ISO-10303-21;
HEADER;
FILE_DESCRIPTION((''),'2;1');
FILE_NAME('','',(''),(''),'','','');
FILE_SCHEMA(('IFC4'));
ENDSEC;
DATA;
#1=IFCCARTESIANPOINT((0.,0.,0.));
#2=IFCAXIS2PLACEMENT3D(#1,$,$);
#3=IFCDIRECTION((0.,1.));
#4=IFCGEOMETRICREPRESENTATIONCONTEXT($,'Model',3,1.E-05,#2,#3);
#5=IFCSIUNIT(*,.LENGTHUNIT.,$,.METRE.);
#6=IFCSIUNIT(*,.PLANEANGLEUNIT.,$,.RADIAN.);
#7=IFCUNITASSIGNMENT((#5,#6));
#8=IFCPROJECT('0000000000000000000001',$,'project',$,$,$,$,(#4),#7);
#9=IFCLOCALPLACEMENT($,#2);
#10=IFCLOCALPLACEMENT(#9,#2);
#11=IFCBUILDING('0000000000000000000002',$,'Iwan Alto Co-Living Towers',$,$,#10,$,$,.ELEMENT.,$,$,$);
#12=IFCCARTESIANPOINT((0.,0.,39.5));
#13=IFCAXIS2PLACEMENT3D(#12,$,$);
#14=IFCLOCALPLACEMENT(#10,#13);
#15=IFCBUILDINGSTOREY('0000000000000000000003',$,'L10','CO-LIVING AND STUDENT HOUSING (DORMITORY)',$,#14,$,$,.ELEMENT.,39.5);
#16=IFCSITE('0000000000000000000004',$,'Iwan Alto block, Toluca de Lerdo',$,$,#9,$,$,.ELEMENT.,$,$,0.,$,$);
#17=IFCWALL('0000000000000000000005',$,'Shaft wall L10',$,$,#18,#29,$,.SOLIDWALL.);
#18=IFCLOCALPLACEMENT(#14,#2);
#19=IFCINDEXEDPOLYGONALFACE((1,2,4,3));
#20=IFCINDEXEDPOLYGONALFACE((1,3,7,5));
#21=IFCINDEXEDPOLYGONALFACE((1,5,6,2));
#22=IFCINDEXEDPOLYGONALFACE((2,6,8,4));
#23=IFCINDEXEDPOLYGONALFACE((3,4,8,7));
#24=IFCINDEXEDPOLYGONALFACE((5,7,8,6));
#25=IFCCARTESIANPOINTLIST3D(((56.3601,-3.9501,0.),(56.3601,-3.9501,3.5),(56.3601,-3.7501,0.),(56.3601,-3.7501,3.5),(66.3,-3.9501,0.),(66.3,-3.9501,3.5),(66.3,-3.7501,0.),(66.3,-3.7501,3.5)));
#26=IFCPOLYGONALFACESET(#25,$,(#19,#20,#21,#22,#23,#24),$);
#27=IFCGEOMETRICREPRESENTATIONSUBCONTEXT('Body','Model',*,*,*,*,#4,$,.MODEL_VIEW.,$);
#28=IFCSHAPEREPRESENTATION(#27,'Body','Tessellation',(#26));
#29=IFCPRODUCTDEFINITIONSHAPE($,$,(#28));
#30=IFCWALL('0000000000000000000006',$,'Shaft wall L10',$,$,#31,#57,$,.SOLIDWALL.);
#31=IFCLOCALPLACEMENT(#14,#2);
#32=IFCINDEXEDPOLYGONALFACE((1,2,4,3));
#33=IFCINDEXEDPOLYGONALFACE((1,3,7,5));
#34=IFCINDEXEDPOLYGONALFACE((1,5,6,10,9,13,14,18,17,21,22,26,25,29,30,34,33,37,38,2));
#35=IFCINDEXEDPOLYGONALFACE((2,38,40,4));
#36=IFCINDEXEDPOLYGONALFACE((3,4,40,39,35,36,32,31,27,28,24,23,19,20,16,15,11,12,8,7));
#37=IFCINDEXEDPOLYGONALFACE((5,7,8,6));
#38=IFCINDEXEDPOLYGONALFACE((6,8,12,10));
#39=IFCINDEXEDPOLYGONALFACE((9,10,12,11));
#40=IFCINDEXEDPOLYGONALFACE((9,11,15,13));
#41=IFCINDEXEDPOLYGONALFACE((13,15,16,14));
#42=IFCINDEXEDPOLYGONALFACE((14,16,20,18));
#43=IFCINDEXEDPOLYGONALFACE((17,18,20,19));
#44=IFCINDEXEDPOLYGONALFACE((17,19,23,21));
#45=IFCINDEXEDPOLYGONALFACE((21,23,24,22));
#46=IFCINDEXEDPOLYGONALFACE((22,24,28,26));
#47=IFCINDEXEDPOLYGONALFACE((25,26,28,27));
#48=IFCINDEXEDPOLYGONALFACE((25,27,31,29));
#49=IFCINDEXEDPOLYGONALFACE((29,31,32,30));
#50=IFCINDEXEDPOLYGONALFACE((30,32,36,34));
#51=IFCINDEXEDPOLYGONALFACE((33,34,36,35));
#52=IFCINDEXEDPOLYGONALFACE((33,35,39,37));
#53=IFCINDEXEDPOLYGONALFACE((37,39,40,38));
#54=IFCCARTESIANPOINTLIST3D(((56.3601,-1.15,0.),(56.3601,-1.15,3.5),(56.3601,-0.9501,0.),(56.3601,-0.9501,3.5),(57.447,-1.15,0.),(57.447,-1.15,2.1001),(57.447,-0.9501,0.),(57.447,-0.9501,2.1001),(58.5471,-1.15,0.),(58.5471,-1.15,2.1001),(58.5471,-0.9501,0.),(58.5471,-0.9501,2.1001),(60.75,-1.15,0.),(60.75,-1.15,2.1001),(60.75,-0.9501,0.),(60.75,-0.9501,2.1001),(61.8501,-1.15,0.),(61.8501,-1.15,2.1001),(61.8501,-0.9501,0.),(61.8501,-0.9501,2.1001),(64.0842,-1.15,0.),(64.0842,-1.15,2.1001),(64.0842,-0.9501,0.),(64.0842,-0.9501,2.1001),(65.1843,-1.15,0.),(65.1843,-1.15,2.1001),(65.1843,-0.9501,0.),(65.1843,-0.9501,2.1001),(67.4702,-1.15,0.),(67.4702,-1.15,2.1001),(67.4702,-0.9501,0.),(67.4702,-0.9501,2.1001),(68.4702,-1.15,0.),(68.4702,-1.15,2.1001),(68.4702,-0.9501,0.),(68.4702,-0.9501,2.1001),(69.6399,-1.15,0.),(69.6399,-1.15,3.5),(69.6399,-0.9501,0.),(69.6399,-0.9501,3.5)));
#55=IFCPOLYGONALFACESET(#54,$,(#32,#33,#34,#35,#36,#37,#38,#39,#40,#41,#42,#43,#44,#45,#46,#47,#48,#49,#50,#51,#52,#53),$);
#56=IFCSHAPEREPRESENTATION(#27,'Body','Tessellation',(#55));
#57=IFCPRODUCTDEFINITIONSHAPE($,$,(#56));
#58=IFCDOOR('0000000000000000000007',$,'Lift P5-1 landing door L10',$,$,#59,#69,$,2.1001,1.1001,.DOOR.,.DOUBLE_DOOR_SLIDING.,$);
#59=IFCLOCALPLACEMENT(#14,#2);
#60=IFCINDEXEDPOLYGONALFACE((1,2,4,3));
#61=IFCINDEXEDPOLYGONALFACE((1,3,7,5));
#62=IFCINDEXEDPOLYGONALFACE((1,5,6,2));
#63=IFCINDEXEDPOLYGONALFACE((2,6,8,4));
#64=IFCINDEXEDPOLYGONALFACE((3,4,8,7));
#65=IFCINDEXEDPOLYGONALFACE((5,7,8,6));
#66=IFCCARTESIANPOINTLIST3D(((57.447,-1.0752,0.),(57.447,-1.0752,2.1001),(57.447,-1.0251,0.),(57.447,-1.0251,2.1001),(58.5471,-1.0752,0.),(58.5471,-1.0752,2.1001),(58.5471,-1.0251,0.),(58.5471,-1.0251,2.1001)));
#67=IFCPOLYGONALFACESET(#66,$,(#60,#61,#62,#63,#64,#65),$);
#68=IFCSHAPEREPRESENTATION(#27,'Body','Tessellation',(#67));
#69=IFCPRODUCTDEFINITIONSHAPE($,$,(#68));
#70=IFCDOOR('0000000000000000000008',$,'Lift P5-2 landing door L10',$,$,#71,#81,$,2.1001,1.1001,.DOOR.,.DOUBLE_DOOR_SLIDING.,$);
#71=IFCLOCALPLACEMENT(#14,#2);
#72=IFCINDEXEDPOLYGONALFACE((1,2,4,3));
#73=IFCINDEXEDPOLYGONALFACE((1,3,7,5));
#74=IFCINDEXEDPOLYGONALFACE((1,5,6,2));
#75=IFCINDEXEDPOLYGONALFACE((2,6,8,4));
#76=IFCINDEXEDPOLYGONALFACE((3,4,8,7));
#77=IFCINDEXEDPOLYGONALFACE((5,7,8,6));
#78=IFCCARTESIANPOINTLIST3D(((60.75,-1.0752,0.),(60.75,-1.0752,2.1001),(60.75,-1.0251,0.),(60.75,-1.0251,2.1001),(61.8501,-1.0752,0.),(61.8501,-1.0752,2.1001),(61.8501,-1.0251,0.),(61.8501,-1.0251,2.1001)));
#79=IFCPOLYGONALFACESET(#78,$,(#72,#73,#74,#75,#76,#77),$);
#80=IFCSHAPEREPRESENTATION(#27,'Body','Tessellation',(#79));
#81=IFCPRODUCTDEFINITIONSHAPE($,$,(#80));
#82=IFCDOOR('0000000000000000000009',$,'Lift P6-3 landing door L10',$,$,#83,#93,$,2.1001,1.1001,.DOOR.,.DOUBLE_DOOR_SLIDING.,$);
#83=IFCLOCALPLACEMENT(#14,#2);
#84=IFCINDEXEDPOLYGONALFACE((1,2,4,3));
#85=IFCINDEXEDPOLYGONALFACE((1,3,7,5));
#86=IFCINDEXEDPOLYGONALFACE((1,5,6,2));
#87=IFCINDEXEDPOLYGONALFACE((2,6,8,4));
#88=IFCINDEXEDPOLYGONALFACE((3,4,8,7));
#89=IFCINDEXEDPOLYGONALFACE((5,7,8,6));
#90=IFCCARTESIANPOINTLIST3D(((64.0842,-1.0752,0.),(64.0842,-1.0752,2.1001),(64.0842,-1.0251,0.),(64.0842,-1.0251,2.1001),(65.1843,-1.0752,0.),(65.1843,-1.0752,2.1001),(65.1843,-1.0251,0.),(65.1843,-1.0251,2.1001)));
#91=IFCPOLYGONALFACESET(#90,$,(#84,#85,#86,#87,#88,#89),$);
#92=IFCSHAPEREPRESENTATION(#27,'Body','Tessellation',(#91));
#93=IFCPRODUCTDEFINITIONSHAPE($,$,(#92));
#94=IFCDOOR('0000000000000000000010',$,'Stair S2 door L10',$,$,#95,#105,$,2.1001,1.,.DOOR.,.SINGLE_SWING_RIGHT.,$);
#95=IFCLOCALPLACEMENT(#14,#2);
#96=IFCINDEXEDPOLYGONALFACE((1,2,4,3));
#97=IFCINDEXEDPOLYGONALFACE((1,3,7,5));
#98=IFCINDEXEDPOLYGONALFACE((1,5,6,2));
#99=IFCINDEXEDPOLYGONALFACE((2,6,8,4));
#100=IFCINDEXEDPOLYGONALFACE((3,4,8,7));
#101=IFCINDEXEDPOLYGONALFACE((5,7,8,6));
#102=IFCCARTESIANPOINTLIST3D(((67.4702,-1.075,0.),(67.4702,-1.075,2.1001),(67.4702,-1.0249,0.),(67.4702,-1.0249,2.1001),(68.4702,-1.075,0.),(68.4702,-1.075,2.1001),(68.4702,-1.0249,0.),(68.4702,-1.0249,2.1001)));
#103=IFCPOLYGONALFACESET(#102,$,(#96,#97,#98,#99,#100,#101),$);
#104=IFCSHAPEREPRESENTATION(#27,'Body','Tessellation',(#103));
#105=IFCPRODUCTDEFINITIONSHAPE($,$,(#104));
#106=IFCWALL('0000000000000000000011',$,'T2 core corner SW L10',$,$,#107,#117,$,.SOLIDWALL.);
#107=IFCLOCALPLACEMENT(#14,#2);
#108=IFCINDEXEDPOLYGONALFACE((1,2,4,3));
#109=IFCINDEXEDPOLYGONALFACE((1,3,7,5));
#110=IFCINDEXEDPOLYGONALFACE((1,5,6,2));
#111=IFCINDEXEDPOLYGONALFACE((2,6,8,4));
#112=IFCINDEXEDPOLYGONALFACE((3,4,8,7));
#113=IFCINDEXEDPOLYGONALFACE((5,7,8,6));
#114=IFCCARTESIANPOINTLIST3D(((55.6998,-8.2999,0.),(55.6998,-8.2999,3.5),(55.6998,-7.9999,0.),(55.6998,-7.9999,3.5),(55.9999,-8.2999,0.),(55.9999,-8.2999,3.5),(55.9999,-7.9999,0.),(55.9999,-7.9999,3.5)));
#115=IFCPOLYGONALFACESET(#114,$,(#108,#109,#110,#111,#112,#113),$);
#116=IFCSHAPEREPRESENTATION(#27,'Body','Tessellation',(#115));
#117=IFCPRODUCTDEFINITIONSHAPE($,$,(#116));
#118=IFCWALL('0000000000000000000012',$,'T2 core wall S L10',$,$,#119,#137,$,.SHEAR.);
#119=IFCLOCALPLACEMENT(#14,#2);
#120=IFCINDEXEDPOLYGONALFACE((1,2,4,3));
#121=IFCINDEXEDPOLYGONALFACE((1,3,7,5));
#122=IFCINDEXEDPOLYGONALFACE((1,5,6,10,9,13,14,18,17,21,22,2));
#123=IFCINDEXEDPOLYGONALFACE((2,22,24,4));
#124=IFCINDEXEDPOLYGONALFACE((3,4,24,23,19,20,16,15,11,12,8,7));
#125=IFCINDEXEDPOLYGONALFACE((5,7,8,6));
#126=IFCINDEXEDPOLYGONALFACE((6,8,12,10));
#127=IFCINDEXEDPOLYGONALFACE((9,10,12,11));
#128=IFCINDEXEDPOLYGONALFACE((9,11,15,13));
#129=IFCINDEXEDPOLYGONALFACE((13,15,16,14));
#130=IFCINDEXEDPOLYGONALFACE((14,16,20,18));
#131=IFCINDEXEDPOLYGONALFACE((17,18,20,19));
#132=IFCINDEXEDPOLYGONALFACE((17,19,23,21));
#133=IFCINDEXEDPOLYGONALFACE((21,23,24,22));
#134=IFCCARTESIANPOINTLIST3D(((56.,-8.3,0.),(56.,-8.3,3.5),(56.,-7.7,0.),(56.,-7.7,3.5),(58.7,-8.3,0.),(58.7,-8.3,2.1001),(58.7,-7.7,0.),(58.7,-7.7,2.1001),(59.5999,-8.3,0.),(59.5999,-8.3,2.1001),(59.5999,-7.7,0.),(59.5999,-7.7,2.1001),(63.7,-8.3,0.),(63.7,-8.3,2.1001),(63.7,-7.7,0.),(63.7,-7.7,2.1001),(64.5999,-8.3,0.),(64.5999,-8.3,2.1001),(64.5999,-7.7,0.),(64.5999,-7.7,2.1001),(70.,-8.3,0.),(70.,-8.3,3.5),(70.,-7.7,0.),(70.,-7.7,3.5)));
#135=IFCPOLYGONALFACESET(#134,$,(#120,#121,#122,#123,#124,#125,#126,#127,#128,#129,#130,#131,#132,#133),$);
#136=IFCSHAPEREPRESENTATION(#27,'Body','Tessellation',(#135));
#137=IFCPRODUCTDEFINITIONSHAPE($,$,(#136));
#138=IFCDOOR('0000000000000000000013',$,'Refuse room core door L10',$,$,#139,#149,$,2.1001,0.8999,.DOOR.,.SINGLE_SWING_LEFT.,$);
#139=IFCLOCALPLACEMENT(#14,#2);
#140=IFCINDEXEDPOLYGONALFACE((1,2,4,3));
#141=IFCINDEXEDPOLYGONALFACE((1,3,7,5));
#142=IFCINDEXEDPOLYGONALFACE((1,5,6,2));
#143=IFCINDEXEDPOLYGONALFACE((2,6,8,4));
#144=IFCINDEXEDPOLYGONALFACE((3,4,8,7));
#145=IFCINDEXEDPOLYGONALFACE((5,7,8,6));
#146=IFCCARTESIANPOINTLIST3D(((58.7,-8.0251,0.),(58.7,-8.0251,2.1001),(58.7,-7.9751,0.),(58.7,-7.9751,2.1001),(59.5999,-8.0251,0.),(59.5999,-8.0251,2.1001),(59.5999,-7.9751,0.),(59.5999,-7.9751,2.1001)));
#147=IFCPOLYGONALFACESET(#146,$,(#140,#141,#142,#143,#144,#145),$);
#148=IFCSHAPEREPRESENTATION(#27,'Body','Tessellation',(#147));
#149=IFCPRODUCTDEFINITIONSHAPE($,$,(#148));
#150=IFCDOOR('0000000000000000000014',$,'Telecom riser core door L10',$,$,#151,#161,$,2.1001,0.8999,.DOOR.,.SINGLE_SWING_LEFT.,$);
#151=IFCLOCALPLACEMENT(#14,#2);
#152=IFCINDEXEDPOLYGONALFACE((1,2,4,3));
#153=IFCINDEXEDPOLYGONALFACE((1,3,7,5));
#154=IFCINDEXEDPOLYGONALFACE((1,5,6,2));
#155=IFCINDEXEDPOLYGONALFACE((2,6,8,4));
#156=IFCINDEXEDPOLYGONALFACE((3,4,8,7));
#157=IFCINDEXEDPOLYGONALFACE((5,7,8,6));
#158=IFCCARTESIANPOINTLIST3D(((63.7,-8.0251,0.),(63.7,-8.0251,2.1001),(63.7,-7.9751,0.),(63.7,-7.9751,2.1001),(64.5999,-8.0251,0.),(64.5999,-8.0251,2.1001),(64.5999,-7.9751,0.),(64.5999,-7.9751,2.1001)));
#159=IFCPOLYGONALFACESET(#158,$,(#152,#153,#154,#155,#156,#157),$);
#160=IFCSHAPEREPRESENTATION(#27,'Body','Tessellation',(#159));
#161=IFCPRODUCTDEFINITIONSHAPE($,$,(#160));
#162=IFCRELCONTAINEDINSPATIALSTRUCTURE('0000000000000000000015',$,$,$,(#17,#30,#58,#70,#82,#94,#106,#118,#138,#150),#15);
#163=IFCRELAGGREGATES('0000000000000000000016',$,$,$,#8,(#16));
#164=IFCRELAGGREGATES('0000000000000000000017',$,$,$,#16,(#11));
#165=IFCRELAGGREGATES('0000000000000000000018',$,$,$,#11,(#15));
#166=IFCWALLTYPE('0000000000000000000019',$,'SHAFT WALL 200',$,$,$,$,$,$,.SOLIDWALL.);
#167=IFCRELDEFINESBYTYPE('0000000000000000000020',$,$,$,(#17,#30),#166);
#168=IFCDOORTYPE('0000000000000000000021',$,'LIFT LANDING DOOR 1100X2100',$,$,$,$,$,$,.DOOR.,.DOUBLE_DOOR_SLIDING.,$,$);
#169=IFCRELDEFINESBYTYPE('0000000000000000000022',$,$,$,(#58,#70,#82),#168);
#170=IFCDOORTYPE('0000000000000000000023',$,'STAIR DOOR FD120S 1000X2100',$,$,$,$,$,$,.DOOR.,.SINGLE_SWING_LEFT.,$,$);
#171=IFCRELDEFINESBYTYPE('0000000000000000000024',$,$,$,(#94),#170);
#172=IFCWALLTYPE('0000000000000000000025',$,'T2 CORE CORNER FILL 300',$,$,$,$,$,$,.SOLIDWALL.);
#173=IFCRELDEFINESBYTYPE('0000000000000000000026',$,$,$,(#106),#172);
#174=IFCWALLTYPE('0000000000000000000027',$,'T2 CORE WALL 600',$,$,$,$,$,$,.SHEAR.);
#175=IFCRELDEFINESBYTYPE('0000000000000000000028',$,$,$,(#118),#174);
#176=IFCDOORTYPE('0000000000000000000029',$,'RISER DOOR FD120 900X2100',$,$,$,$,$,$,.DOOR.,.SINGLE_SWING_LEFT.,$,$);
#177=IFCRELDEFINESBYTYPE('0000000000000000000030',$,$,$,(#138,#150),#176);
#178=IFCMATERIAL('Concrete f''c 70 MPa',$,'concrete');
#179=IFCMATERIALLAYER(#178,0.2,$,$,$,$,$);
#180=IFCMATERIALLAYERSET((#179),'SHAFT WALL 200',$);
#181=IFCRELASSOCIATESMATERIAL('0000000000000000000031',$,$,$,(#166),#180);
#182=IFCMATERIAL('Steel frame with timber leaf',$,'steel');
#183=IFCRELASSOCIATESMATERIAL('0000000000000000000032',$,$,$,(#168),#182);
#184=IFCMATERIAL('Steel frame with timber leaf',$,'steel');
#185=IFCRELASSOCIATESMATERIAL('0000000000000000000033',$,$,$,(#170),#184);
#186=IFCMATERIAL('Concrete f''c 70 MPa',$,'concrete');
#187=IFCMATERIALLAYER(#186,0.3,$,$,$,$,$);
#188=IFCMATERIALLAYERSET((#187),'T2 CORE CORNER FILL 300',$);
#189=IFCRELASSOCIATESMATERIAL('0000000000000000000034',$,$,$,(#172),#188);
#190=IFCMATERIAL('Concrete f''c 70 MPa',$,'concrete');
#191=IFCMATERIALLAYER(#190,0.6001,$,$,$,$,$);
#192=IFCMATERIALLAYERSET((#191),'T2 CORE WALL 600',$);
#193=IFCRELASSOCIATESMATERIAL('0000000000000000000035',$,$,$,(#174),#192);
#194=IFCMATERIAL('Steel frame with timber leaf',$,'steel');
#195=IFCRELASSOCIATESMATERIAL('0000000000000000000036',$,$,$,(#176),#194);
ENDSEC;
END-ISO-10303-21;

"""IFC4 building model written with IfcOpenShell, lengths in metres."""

from ifc_helpers import new_model, si_unit, direction, frame, frame_2d, origin, place, context, subcontext, project, spatial, rectangle, extrude, material, layer, layer_set, type_object, element, fill, save


model = new_model("IFC4")

# Units and contexts
model_context = context("Model", 3, precision=1e-05, world=origin(), true_north=direction((0.0, 1.0)))
body_context = subcontext(model_context, "Body", "Model", "MODEL_VIEW")
ifc_project = project(units=[si_unit("LENGTHUNIT", "METRE"), si_unit("PLANEANGLEUNIT", "RADIAN")], contexts=[model_context])

# Site, building, storey
site_placement = place(None, origin())
site = spatial("IfcSite", under=ifc_project, at=site_placement, Name="Iwan Alto block, Toluca de Lerdo", CompositionType="ELEMENT", RefElevation=0.0)
building_placement = place(site_placement, origin())
building = spatial("IfcBuilding", under=site, at=building_placement, Name="Iwan Alto Co-Living Towers", CompositionType="ELEMENT")
storey_placement = place(building_placement, frame((0.0, 0.0, 39.5)))
storey = spatial("IfcBuildingStorey", under=building, at=storey_placement, Name="L10", Description="CO-LIVING AND STUDENT HOUSING (DORMITORY)", CompositionType="ELEMENT", Elevation=39.5)

# Wall
ifc_material_1 = material(Name="Concrete f'c 70 MPa", Category="concrete")
ifc_layer_1 = layer(ifc_material_1, 0.2)
ifc_layer_set_1 = layer_set([ifc_layer_1], Name="SHAFT WALL 200")
wall_type_1 = type_object("IfcWallType", Name="SHAFT WALL 200", PredefinedType="SOLIDWALL", material=ifc_layer_set_1)
wall_1_placement = place(storey_placement, frame((56.3601, -3.8501, 0.0), z_axis=(0.0, 0.0, 1.0), x_axis=(1.0, 0.0, 0.0)))
element("IfcWall", 1, at=wall_1_placement, inside=storey, type_object=wall_type_1, Name="Shaft wall L10", PredefinedType="SOLIDWALL", context=body_context, shape_type="SweptSolid", body=[
    extrude(rectangle(XDim=9.9399, YDim=0.2, at=frame_2d((4.97, 0.0))), origin(), (0.0, 0.0, 1.0), 3.5),
])

# Wall, openings, doors
wall_2_placement = place(storey_placement, frame((56.3601, -1.05, 0.0), z_axis=(0.0, 0.0, 1.0), x_axis=(1.0, 0.0, 0.0)))
wall_2 = element("IfcWall", 2, at=wall_2_placement, inside=storey, type_object=wall_type_1, Name="Shaft wall L10", PredefinedType="SOLIDWALL", context=body_context, shape_type="SweptSolid", body=[
    extrude(rectangle(XDim=13.2798, YDim=0.2, at=frame_2d((6.6399, 0.0))), origin(), (0.0, 0.0, 1.0), 3.5),
])
opening_1_placement = place(wall_2_placement, frame((11.1101, 0.0, 0.0)))
opening_1 = element("IfcOpeningElement", 3, at=opening_1_placement, cuts=wall_2, PredefinedType="OPENING", context=body_context, shape_type="SweptSolid", body=[
    extrude(rectangle(XDim=1.0, YDim=2.1001, at=frame_2d((0.5, 1.05))), frame((0.0, 0.1099, 0.0), z_axis=(0.0, -1.0, 0.0), x_axis=(1.0, 0.0, 0.0)), (0.0, 0.0, 1.0), 0.22),
])
opening_2_placement = place(wall_2_placement, frame((1.0869, 0.0, 0.0)))
opening_2 = element("IfcOpeningElement", 4, at=opening_2_placement, cuts=wall_2, PredefinedType="OPENING", context=body_context, shape_type="SweptSolid", body=[
    extrude(rectangle(XDim=1.1001, YDim=2.1001, at=frame_2d((0.55, 1.05))), frame((0.0, 0.1099, 0.0), z_axis=(0.0, -1.0, 0.0), x_axis=(1.0, 0.0, 0.0)), (0.0, 0.0, 1.0), 0.22),
])
opening_3_placement = place(wall_2_placement, frame((4.3899, 0.0, 0.0)))
opening_3 = element("IfcOpeningElement", 5, at=opening_3_placement, cuts=wall_2, PredefinedType="OPENING", context=body_context, shape_type="SweptSolid", body=[
    extrude(rectangle(XDim=1.1001, YDim=2.1001, at=frame_2d((0.55, 1.05))), frame((0.0, 0.1099, 0.0), z_axis=(0.0, -1.0, 0.0), x_axis=(1.0, 0.0, 0.0)), (0.0, 0.0, 1.0), 0.22),
])
opening_4_placement = place(wall_2_placement, frame((7.7241, 0.0, 0.0)))
opening_4 = element("IfcOpeningElement", 6, at=opening_4_placement, cuts=wall_2, PredefinedType="OPENING", context=body_context, shape_type="SweptSolid", body=[
    extrude(rectangle(XDim=1.1001, YDim=2.1001, at=frame_2d((0.55, 1.05))), frame((0.0, 0.1099, 0.0), z_axis=(0.0, -1.0, 0.0), x_axis=(1.0, 0.0, 0.0)), (0.0, 0.0, 1.0), 0.22),
])
ifc_material_2 = material(Name="Steel frame with timber leaf", Category="steel")
door_type_1 = type_object("IfcDoorType", Name="LIFT LANDING DOOR 1100X2100", OperationType="DOUBLE_DOOR_SLIDING", PredefinedType="DOOR", material=ifc_material_2)
door_1_placement = place(opening_2_placement, origin())
door_1 = element("IfcDoor", 7, at=door_1_placement, inside=storey, type_object=door_type_1, Name="Lift P5-1 landing door L10", OperationType="DOUBLE_DOOR_SLIDING", OverallHeight=2.1001, OverallWidth=1.1001, PredefinedType="DOOR", context=body_context, shape_type="SweptSolid", body=[
    extrude(rectangle(XDim=1.1001, YDim=2.1001, at=frame_2d((0.55, 1.05))), frame((0.0, 0.0249, 0.0), z_axis=(0.0, -1.0, 0.0), x_axis=(1.0, 0.0, 0.0)), (0.0, 0.0, 1.0), 0.05),
])
fill(opening_2, door_1)
door_2_placement = place(opening_3_placement, origin())
door_2 = element("IfcDoor", 8, at=door_2_placement, inside=storey, type_object=door_type_1, Name="Lift P5-2 landing door L10", OperationType="DOUBLE_DOOR_SLIDING", OverallHeight=2.1001, OverallWidth=1.1001, PredefinedType="DOOR", context=body_context, shape_type="SweptSolid", body=[
    extrude(rectangle(XDim=1.1001, YDim=2.1001, at=frame_2d((0.55, 1.05))), frame((0.0, 0.0249, 0.0), z_axis=(0.0, -1.0, 0.0), x_axis=(1.0, 0.0, 0.0)), (0.0, 0.0, 1.0), 0.05),
])
fill(opening_3, door_2)
door_3_placement = place(opening_4_placement, origin())
door_3 = element("IfcDoor", 9, at=door_3_placement, inside=storey, type_object=door_type_1, Name="Lift P6-3 landing door L10", OperationType="DOUBLE_DOOR_SLIDING", OverallHeight=2.1001, OverallWidth=1.1001, PredefinedType="DOOR", context=body_context, shape_type="SweptSolid", body=[
    extrude(rectangle(XDim=1.1001, YDim=2.1001, at=frame_2d((0.55, 1.05))), frame((0.0, 0.0249, 0.0), z_axis=(0.0, -1.0, 0.0), x_axis=(1.0, 0.0, 0.0)), (0.0, 0.0, 1.0), 0.05),
])
fill(opening_4, door_3)
ifc_material_3 = material(Name="Steel frame with timber leaf", Category="steel")
door_type_2 = type_object("IfcDoorType", Name="STAIR DOOR FD120S 1000X2100", OperationType="SINGLE_SWING_LEFT", PredefinedType="DOOR", material=ifc_material_3)
door_4_placement = place(opening_1_placement, frame((1.0, 0.0, 0.0), z_axis=(0.0, 0.0, 1.0), x_axis=(-1.0, 0.0, 0.0)))
door_4 = element("IfcDoor", 10, at=door_4_placement, inside=storey, type_object=door_type_2, Name="Stair S2 door L10", OperationType="SINGLE_SWING_RIGHT", OverallHeight=2.1001, OverallWidth=1.0, PredefinedType="DOOR", context=body_context, shape_type="SweptSolid", body=[
    extrude(rectangle(XDim=1.0, YDim=2.1001, at=frame_2d((0.5, 1.05))), frame((0.0, 0.0249, 0.0), z_axis=(0.0, -1.0, 0.0), x_axis=(1.0, 0.0, 0.0)), (0.0, 0.0, 1.0), 0.05),
])
fill(opening_1, door_4)

# Wall
ifc_material_4 = material(Name="Concrete f'c 70 MPa", Category="concrete")
ifc_layer_2 = layer(ifc_material_4, 0.3)
ifc_layer_set_2 = layer_set([ifc_layer_2], Name="T2 CORE CORNER FILL 300")
wall_type_2 = type_object("IfcWallType", Name="T2 CORE CORNER FILL 300", PredefinedType="SOLIDWALL", material=ifc_layer_set_2)
wall_3_placement = place(storey_placement, frame((55.7, -8.1499, 0.0), z_axis=(0.0, 0.0, 1.0), x_axis=(1.0, 0.0, 0.0)))
element("IfcWall", 11, at=wall_3_placement, inside=storey, type_object=wall_type_2, Name="T2 core corner SW L10", PredefinedType="SOLIDWALL", context=body_context, shape_type="SweptSolid", body=[
    extrude(rectangle(XDim=0.3, YDim=0.3, at=frame_2d((0.1499, 0.0))), origin(), (0.0, 0.0, 1.0), 3.5),
])

# Wall, openings, doors
ifc_material_5 = material(Name="Concrete f'c 70 MPa", Category="concrete")
ifc_layer_3 = layer(ifc_material_5, 0.6001)
ifc_layer_set_3 = layer_set([ifc_layer_3], Name="T2 CORE WALL 600")
wall_type_3 = type_object("IfcWallType", Name="T2 CORE WALL 600", PredefinedType="SHEAR", material=ifc_layer_set_3)
wall_4_placement = place(storey_placement, frame((56.0, -8.0, 0.0), z_axis=(0.0, 0.0, 1.0), x_axis=(1.0, 0.0, 0.0)))
wall_4 = element("IfcWall", 12, at=wall_4_placement, inside=storey, type_object=wall_type_3, Name="T2 core wall S L10", PredefinedType="SHEAR", context=body_context, shape_type="SweptSolid", body=[
    extrude(rectangle(XDim=14.0, YDim=0.6001, at=frame_2d((7.0, 0.0))), origin(), (0.0, 0.0, 1.0), 3.5),
])
opening_5_placement = place(wall_4_placement, frame((2.7, 0.0, 0.0)))
opening_5 = element("IfcOpeningElement", 13, at=opening_5_placement, cuts=wall_4, PredefinedType="OPENING", context=body_context, shape_type="SweptSolid", body=[
    extrude(rectangle(XDim=0.8999, YDim=2.1001, at=frame_2d((0.45, 1.05))), frame((0.0, 0.3101, 0.0), z_axis=(0.0, -1.0, 0.0), x_axis=(1.0, 0.0, 0.0)), (0.0, 0.0, 1.0), 0.6201),
])
opening_6_placement = place(wall_4_placement, frame((7.7, 0.0, 0.0)))
opening_6 = element("IfcOpeningElement", 14, at=opening_6_placement, cuts=wall_4, PredefinedType="OPENING", context=body_context, shape_type="SweptSolid", body=[
    extrude(rectangle(XDim=0.8999, YDim=2.1001, at=frame_2d((0.45, 1.05))), frame((0.0, 0.3101, 0.0), z_axis=(0.0, -1.0, 0.0), x_axis=(1.0, 0.0, 0.0)), (0.0, 0.0, 1.0), 0.6201),
])
ifc_material_6 = material(Name="Steel frame with timber leaf", Category="steel")
door_type_3 = type_object("IfcDoorType", Name="RISER DOOR FD120 900X2100", OperationType="SINGLE_SWING_LEFT", PredefinedType="DOOR", material=ifc_material_6)
door_5_placement = place(opening_5_placement, origin())
door_5 = element("IfcDoor", 15, at=door_5_placement, inside=storey, type_object=door_type_3, Name="Refuse room core door L10", OperationType="SINGLE_SWING_LEFT", OverallHeight=2.1001, OverallWidth=0.8999, PredefinedType="DOOR", context=body_context, shape_type="SweptSolid", body=[
    extrude(rectangle(XDim=0.8999, YDim=2.1001, at=frame_2d((0.45, 1.05))), frame((0.0, 0.0249, 0.0), z_axis=(0.0, -1.0, 0.0), x_axis=(1.0, 0.0, 0.0)), (0.0, 0.0, 1.0), 0.05),
])
fill(opening_5, door_5)
door_6_placement = place(opening_6_placement, origin())
door_6 = element("IfcDoor", 16, at=door_6_placement, inside=storey, type_object=door_type_3, Name="Telecom riser core door L10", OperationType="SINGLE_SWING_LEFT", OverallHeight=2.1001, OverallWidth=0.8999, PredefinedType="DOOR", context=body_context, shape_type="SweptSolid", body=[
    extrude(rectangle(XDim=0.8999, YDim=2.1001, at=frame_2d((0.45, 1.05))), frame((0.0, 0.0249, 0.0), z_axis=(0.0, -1.0, 0.0), x_axis=(1.0, 0.0, 0.0)), (0.0, 0.0, 1.0), 0.05),
])
fill(opening_6, door_6)

save(model, "model.ifc")
